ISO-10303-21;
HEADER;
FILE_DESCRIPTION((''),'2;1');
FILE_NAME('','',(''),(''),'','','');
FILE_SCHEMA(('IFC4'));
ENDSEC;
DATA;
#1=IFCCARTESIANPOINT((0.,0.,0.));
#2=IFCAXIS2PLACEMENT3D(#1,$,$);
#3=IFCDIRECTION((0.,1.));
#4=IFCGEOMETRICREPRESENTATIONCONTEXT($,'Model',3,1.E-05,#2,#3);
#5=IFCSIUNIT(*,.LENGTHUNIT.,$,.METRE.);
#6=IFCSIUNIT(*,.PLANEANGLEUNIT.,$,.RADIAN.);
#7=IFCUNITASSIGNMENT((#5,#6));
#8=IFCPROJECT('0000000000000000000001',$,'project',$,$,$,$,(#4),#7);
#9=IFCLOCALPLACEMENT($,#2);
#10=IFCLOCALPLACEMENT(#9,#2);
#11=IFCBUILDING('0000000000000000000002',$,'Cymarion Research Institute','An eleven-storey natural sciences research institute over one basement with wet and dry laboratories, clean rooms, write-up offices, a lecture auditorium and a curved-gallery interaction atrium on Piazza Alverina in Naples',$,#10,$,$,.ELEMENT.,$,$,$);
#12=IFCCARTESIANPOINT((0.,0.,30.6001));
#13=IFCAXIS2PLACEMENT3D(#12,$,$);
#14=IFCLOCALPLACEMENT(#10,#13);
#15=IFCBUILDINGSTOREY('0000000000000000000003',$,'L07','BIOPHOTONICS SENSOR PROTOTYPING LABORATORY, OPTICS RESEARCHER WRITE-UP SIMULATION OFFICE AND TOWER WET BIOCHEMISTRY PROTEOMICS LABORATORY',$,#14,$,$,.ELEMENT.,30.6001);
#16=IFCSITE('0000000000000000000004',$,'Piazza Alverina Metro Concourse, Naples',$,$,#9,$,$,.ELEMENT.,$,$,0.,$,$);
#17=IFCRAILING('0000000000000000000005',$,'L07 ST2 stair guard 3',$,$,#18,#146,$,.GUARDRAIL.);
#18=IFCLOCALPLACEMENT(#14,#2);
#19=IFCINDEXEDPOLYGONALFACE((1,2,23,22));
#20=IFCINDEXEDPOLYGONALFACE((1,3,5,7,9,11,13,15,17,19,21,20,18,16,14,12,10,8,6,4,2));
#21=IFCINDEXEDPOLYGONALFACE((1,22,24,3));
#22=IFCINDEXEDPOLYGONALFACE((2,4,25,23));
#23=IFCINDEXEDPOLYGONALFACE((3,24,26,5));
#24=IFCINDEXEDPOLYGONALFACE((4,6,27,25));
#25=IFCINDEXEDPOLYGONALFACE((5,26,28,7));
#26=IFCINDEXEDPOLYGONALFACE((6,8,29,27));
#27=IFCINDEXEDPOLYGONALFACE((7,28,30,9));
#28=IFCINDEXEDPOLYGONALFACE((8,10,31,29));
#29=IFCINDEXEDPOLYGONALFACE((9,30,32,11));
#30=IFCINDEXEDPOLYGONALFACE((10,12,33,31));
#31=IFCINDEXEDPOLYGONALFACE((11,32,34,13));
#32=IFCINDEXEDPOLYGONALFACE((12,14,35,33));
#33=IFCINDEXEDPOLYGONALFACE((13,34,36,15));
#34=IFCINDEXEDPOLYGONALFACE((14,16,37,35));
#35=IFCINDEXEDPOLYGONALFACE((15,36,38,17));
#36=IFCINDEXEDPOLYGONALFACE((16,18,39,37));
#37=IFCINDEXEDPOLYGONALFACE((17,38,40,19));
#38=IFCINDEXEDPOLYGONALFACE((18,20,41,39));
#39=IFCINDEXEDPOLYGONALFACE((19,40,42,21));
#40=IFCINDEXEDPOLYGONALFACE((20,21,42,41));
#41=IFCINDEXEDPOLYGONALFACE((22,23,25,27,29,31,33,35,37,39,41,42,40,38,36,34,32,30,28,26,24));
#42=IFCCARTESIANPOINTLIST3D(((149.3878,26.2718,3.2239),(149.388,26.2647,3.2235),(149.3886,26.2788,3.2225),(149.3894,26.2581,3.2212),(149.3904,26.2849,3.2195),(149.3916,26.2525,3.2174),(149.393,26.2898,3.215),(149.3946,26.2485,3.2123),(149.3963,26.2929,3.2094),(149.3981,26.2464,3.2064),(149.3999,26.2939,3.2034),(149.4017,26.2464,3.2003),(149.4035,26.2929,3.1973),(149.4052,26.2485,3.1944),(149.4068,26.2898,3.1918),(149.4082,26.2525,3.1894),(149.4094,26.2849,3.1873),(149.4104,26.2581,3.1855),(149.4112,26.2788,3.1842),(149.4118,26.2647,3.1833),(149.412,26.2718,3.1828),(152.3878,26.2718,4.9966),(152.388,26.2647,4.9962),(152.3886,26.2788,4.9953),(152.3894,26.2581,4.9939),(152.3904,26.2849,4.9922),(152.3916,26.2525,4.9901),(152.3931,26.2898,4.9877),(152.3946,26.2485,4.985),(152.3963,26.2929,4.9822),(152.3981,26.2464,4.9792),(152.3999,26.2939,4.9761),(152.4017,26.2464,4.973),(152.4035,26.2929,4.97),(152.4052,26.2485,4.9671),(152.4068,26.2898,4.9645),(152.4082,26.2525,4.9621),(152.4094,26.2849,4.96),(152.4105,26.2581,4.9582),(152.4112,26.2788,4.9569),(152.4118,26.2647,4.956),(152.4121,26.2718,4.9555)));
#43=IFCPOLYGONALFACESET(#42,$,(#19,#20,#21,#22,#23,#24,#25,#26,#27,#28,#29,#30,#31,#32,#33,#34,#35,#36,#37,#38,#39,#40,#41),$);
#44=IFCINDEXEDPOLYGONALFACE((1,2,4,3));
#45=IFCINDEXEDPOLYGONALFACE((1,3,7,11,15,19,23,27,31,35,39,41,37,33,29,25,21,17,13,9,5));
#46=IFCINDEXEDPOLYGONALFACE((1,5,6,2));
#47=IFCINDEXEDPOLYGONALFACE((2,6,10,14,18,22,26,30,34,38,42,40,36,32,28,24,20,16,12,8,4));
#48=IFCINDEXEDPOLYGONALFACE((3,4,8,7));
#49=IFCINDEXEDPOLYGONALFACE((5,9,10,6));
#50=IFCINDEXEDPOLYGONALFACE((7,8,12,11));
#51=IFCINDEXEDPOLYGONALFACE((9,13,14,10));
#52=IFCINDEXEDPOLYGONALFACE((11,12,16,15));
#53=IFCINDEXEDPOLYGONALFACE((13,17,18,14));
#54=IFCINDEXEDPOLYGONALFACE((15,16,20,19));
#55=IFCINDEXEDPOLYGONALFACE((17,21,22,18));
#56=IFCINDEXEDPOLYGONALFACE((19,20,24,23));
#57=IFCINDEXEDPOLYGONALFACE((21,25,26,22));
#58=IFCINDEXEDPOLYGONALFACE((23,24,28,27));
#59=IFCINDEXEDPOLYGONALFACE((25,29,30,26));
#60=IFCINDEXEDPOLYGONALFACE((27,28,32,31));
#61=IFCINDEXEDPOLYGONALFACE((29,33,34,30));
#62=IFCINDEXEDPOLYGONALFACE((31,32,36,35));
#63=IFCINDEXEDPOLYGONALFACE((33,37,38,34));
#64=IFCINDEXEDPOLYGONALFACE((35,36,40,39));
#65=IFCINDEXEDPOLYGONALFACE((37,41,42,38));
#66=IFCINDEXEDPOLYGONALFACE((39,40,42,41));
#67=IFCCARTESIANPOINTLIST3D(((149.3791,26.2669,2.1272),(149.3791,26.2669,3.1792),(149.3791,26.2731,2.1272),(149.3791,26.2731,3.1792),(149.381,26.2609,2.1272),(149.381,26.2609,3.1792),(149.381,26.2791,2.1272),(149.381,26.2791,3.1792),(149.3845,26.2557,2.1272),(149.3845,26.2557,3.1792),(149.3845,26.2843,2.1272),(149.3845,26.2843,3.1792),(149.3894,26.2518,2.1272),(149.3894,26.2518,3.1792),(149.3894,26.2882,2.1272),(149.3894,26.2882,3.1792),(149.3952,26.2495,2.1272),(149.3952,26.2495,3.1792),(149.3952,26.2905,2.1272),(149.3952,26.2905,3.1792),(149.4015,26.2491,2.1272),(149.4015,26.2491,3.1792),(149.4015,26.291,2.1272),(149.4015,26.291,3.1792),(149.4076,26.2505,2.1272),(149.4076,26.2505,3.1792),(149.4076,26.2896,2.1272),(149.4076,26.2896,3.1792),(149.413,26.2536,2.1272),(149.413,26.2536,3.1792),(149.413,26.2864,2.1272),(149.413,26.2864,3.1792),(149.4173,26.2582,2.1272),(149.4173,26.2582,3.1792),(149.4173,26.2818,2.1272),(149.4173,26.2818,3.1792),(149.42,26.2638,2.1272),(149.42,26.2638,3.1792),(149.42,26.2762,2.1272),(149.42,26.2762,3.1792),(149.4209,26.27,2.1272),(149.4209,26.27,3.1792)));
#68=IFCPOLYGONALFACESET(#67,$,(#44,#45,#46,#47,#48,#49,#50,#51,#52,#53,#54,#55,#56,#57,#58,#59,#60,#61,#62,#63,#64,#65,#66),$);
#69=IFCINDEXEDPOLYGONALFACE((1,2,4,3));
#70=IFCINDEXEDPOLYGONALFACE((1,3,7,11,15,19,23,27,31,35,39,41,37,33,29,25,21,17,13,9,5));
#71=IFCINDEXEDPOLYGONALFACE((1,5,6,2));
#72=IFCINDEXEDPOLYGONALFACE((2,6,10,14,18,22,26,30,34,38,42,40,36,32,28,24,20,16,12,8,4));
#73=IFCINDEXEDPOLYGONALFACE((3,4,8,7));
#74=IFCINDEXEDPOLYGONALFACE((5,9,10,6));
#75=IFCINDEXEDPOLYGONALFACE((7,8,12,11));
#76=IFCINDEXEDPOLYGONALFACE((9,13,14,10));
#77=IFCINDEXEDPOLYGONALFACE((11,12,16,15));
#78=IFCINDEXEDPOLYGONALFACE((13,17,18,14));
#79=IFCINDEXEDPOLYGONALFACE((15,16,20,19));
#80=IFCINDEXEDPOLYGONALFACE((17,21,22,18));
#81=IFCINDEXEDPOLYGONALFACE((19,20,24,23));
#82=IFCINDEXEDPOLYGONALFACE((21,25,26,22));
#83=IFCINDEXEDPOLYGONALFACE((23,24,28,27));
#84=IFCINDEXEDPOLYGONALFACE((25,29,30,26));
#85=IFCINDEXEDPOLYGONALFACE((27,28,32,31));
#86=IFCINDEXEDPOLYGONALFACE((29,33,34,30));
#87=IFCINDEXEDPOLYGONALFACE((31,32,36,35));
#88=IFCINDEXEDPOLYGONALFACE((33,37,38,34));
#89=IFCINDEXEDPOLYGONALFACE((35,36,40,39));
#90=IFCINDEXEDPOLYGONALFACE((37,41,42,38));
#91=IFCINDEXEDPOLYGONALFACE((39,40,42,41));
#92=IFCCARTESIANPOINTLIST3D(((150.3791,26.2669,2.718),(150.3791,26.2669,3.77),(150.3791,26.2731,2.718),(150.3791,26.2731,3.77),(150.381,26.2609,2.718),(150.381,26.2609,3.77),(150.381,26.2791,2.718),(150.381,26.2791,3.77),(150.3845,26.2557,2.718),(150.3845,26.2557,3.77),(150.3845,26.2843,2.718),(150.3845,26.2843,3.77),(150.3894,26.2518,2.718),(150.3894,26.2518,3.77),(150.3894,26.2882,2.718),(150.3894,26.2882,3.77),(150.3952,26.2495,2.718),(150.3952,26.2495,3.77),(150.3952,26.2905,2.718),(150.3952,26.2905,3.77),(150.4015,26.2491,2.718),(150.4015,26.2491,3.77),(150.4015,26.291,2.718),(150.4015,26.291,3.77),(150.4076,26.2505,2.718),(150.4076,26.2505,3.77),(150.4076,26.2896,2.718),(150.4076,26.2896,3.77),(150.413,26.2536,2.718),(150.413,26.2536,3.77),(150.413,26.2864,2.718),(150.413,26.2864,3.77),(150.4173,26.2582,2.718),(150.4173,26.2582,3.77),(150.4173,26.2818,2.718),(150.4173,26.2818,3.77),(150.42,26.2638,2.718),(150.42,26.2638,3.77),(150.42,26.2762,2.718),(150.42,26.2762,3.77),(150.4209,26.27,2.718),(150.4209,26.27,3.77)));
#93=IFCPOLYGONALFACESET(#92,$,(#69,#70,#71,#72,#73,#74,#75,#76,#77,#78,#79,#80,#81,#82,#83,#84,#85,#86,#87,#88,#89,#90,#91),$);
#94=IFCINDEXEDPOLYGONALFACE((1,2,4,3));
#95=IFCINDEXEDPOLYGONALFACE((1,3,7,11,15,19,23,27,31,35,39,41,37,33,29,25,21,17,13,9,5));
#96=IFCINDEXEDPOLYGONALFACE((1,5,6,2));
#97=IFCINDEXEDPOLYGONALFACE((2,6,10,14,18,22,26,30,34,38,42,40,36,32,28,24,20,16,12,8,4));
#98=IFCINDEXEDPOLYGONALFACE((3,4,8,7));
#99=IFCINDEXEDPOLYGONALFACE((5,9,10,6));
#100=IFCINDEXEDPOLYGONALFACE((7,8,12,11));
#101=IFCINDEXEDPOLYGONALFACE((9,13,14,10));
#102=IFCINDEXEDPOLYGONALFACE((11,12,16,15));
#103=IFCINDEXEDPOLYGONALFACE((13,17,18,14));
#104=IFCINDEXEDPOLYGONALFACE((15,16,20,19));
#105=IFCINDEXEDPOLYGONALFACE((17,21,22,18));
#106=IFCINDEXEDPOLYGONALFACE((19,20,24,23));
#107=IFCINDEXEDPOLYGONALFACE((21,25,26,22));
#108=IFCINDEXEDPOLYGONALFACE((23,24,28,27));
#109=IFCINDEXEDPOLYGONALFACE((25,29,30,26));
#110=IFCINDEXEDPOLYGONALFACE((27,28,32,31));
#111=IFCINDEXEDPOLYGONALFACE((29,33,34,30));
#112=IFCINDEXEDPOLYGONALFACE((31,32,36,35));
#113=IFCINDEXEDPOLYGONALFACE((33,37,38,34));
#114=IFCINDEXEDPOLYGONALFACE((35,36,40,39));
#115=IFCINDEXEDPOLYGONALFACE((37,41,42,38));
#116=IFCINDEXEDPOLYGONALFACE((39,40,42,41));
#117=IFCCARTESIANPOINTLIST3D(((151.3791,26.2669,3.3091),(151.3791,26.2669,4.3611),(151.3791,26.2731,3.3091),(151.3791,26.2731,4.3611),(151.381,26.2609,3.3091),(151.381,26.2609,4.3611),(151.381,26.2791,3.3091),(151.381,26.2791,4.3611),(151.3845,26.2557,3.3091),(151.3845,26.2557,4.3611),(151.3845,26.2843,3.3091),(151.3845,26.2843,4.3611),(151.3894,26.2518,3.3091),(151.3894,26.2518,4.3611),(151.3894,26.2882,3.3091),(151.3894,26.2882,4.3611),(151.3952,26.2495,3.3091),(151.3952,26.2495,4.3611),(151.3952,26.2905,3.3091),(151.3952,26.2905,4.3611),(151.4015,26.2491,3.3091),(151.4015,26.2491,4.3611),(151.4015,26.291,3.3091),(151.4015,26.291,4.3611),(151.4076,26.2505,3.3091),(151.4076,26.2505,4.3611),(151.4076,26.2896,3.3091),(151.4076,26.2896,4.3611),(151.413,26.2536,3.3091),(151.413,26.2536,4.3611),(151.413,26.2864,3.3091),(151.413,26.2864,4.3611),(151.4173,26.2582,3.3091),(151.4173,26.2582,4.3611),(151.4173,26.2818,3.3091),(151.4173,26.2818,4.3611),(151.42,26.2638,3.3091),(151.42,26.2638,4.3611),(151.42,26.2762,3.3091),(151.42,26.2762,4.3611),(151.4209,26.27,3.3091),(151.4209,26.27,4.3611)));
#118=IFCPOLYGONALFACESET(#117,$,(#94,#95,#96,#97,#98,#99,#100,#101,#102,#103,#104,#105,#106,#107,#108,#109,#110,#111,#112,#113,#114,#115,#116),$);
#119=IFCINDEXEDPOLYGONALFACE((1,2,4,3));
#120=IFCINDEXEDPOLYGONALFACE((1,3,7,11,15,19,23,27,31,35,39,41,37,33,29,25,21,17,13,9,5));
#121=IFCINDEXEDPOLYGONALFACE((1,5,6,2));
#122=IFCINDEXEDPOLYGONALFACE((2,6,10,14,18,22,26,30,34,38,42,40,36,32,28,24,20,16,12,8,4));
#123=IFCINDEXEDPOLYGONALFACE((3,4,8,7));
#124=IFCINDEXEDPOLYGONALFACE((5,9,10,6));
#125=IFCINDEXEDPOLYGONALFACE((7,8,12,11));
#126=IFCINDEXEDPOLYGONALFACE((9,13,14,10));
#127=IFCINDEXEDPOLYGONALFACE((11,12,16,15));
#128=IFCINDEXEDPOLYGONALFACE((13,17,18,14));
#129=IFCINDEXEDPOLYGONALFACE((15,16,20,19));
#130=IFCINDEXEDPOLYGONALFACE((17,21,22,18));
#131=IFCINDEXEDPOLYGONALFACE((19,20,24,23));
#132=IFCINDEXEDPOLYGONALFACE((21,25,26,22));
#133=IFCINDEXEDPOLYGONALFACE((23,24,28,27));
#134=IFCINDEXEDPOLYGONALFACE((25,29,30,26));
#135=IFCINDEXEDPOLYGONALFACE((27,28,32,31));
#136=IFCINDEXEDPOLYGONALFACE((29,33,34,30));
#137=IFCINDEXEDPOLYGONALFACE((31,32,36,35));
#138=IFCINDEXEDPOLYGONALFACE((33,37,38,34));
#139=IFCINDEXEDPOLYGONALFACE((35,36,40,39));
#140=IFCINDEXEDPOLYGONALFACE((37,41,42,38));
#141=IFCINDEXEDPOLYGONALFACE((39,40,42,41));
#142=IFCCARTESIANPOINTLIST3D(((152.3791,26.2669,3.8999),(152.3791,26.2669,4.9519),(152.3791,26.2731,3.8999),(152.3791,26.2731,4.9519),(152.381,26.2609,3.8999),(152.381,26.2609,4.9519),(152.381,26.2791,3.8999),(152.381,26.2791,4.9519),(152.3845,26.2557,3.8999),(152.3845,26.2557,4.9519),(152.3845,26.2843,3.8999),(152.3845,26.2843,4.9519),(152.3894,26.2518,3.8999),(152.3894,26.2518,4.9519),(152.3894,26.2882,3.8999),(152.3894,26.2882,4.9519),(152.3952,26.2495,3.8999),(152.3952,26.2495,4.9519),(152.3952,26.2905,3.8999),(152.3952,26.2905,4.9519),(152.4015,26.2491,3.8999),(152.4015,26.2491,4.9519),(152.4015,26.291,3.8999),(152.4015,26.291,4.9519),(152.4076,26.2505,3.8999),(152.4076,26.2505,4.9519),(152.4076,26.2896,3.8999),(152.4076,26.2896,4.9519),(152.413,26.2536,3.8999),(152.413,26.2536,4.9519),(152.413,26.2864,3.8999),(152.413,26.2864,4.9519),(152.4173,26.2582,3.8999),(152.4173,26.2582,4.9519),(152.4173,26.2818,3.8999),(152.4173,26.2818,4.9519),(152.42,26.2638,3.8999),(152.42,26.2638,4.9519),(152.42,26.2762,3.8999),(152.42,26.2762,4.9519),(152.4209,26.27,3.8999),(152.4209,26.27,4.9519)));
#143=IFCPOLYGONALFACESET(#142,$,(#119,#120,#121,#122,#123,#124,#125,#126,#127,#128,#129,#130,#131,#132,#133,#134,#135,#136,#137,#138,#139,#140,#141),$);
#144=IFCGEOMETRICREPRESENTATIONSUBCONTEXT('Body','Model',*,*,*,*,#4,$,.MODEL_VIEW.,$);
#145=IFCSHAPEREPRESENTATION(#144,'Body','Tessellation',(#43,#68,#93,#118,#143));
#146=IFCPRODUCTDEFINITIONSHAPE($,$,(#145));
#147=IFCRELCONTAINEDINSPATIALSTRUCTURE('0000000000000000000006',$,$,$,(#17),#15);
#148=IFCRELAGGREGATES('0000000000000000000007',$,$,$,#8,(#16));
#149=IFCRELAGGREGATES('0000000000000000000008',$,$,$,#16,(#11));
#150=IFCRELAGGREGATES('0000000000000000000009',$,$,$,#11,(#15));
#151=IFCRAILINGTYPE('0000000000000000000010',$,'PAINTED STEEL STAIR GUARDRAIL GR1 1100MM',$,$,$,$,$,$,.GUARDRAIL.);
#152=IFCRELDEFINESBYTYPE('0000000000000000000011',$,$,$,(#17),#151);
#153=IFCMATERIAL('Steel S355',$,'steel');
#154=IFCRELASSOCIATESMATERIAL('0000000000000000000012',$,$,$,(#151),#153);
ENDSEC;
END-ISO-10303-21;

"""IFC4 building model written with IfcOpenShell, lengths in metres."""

from ifc_helpers import new_model, si_unit, direction, frame, origin, origin_2d, place, context, subcontext, project, spatial, circle, extrude, material, type_object, element, save


model = new_model("IFC4")

# Units and contexts
model_context = context("Model", 3, precision=1e-05, world=origin(), true_north=direction((0.0, 1.0)))
body_context = subcontext(model_context, "Body", "Model", "MODEL_VIEW")
ifc_project = project(units=[si_unit("LENGTHUNIT", "METRE"), si_unit("PLANEANGLEUNIT", "RADIAN")], contexts=[model_context])

# Site, building, storey
site_placement = place(None, origin())
site = spatial("IfcSite", under=ifc_project, at=site_placement, Name="Piazza Alverina Metro Concourse, Naples", CompositionType="ELEMENT", RefElevation=0.0)
building_placement = place(site_placement, origin())
building = spatial("IfcBuilding", under=site, at=building_placement, Name="Cymarion Research Institute", Description="An eleven-storey natural sciences research institute over one basement with wet and dry laboratories, clean rooms, write-up offices, a lecture auditorium and a curved-gallery interaction atrium on Piazza Alverina in Naples", CompositionType="ELEMENT")
storey_placement = place(building_placement, frame((0.0, 0.0, 30.6001)))
storey = spatial("IfcBuildingStorey", under=building, at=storey_placement, Name="L07", Description="BIOPHOTONICS SENSOR PROTOTYPING LABORATORY, OPTICS RESEARCHER WRITE-UP SIMULATION OFFICE AND TOWER WET BIOCHEMISTRY PROTEOMICS LABORATORY", CompositionType="ELEMENT", Elevation=30.6001)

# Shared definitions
ifc_material_1 = material(Name="Steel S355", Category="steel")

# Railing
railing_type_1 = type_object("IfcRailingType", Name="PAINTED STEEL STAIR GUARDRAIL GR1 1100MM", PredefinedType="GUARDRAIL", material=ifc_material_1)
railing_1_placement = place(storey_placement, frame((149.3999, 26.27, 2.1272)))
element("IfcRailing", 1, at=railing_1_placement, inside=storey, type_object=railing_type_1, Name="L07 ST2 stair guard 3", PredefinedType="GUARDRAIL", context=body_context, shape_type="SweptSolid", body=[
    extrude(circle(Radius=0.0239, at=origin_2d()), frame((0.0, 0.0, 1.0762), z_axis=(0.860929, 0.0, 0.508725), x_axis=(0.0, 1.0, 0.0)), (0.0, 0.0, 1.0), 3.4846),
    extrude(circle(Radius=0.021, at=origin_2d()), origin(), (0.0, 0.0, 1.0), 1.052),
    extrude(circle(Radius=0.021, at=origin_2d()), frame((1.0, 0.0, 0.5908)), (0.0, 0.0, 1.0), 1.052),
    extrude(circle(Radius=0.021, at=origin_2d()), frame((2.0, 0.0, 1.1819)), (0.0, 0.0, 1.0), 1.052),
    extrude(circle(Radius=0.021, at=origin_2d()), frame((3.0, 0.0, 1.7727)), (0.0, 0.0, 1.0), 1.052),
])

save(model, "model.ifc")
